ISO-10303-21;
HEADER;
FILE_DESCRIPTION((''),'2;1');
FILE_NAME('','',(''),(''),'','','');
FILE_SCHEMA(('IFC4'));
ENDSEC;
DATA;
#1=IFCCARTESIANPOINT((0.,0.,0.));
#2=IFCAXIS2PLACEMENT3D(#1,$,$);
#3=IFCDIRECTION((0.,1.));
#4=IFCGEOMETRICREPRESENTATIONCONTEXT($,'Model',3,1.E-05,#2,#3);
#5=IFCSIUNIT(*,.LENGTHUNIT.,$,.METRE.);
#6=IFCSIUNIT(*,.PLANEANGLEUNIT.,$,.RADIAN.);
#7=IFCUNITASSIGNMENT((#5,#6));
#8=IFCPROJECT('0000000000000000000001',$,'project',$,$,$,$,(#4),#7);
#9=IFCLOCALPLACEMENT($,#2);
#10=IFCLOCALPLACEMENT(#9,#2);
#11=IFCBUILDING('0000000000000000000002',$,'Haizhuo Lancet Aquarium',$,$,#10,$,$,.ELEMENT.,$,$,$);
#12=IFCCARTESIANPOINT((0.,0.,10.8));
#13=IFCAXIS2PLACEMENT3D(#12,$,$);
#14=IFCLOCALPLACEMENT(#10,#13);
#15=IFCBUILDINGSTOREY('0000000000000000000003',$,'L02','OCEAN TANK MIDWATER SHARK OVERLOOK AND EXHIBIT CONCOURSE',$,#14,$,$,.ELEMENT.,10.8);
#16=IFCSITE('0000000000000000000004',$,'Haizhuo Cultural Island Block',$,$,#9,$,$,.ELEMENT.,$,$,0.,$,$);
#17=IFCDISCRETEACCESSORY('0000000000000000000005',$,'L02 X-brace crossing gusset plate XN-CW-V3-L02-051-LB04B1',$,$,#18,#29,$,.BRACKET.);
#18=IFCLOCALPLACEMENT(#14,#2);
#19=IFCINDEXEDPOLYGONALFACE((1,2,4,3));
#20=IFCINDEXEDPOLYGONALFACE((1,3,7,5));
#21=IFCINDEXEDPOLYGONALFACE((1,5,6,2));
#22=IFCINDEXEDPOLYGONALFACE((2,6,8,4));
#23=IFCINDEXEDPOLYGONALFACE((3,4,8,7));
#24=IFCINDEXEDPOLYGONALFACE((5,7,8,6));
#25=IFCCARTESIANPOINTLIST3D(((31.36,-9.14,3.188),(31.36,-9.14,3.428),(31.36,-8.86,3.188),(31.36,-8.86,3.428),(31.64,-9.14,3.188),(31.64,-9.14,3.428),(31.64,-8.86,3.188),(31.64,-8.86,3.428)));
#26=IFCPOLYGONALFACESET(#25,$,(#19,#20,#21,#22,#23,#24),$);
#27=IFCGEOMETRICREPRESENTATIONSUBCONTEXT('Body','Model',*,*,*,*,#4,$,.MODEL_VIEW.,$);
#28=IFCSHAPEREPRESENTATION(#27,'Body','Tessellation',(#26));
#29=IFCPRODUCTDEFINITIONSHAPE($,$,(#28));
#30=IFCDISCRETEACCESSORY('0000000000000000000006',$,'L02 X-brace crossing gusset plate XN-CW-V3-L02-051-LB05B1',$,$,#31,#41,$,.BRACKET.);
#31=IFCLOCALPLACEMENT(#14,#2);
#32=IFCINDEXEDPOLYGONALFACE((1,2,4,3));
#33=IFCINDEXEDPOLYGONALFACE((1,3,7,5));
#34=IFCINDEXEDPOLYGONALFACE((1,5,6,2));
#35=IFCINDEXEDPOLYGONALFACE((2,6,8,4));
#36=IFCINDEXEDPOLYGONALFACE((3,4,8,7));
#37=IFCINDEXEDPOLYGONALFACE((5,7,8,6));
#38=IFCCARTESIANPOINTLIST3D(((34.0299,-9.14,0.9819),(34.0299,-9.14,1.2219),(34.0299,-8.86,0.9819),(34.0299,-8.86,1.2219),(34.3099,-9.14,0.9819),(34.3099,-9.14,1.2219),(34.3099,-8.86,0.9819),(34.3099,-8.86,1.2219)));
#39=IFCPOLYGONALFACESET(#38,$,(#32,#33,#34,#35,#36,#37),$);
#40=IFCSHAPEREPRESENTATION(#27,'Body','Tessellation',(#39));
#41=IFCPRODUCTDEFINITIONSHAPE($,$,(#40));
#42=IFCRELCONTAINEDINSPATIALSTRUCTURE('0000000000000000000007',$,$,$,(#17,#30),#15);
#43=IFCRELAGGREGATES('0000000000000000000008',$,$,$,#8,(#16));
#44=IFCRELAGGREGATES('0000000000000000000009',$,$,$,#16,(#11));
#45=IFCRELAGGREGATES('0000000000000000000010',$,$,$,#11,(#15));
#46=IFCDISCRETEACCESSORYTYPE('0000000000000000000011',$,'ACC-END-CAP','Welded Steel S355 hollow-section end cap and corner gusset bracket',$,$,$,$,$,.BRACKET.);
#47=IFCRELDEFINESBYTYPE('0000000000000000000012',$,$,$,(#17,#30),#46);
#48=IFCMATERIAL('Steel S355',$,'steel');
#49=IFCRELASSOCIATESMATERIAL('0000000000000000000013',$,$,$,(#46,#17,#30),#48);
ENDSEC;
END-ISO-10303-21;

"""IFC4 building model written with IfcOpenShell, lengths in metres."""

from ifc_helpers import new_model, si_unit, direction, frame, origin, origin_2d, place, context, subcontext, project, spatial, rectangle, extrude, material, type_object, element, save


model = new_model("IFC4")

# Units and contexts
model_context = context("Model", 3, precision=1e-05, world=origin(), true_north=direction((0.0, 1.0)))
body_context = subcontext(model_context, "Body", "Model", "MODEL_VIEW")
ifc_project = project(units=[si_unit("LENGTHUNIT", "METRE"), si_unit("PLANEANGLEUNIT", "RADIAN")], contexts=[model_context])

# Site, building, storey
site_placement = place(None, origin())
site = spatial("IfcSite", under=ifc_project, at=site_placement, Name="Haizhuo Cultural Island Block", CompositionType="ELEMENT", RefElevation=0.0)
building_placement = place(site_placement, origin())
building = spatial("IfcBuilding", under=site, at=building_placement, Name="Haizhuo Lancet Aquarium", CompositionType="ELEMENT")
storey_placement = place(building_placement, frame((0.0, 0.0, 10.8)))
storey = spatial("IfcBuildingStorey", under=building, at=storey_placement, Name="L02", Description="OCEAN TANK MIDWATER SHARK OVERLOOK AND EXHIBIT CONCOURSE", CompositionType="ELEMENT", Elevation=10.8)

# Shared definitions
ifc_material_1 = material(Name="Steel S355", Category="steel")

# Discrete accessories
discrete_accessory_type = type_object("IfcDiscreteAccessoryType", Name="ACC-END-CAP", Description="Welded Steel S355 hollow-section end cap and corner gusset bracket", PredefinedType="BRACKET", material=ifc_material_1)
for number, where, z_axis, x_axis, name in (
    (1, (31.5, -9.0, 3.188), (0.0, 0.0, 1.0), (1.0, 0.0, 0.0), "L02 X-brace crossing gusset plate XN-CW-V3-L02-051-LB04B1"),
    (2, (34.1699, -9.0, 0.9819), (0.0, 0.0, 1.0), (1.0, 0.0, 0.0), "L02 X-brace crossing gusset plate XN-CW-V3-L02-051-LB05B1"),
):
    element("IfcDiscreteAccessory", number, at=place(storey_placement, frame(where, z_axis=z_axis, x_axis=x_axis)), inside=storey, type_object=discrete_accessory_type, material=ifc_material_1, Name=name, PredefinedType="BRACKET", context=body_context, shape_type="SweptSolid", body=[
        extrude(rectangle(XDim=0.28, YDim=0.28, at=origin_2d()), origin(), (0.0, 0.0, 1.0), 0.24),
    ])

save(model, "model.ifc")
